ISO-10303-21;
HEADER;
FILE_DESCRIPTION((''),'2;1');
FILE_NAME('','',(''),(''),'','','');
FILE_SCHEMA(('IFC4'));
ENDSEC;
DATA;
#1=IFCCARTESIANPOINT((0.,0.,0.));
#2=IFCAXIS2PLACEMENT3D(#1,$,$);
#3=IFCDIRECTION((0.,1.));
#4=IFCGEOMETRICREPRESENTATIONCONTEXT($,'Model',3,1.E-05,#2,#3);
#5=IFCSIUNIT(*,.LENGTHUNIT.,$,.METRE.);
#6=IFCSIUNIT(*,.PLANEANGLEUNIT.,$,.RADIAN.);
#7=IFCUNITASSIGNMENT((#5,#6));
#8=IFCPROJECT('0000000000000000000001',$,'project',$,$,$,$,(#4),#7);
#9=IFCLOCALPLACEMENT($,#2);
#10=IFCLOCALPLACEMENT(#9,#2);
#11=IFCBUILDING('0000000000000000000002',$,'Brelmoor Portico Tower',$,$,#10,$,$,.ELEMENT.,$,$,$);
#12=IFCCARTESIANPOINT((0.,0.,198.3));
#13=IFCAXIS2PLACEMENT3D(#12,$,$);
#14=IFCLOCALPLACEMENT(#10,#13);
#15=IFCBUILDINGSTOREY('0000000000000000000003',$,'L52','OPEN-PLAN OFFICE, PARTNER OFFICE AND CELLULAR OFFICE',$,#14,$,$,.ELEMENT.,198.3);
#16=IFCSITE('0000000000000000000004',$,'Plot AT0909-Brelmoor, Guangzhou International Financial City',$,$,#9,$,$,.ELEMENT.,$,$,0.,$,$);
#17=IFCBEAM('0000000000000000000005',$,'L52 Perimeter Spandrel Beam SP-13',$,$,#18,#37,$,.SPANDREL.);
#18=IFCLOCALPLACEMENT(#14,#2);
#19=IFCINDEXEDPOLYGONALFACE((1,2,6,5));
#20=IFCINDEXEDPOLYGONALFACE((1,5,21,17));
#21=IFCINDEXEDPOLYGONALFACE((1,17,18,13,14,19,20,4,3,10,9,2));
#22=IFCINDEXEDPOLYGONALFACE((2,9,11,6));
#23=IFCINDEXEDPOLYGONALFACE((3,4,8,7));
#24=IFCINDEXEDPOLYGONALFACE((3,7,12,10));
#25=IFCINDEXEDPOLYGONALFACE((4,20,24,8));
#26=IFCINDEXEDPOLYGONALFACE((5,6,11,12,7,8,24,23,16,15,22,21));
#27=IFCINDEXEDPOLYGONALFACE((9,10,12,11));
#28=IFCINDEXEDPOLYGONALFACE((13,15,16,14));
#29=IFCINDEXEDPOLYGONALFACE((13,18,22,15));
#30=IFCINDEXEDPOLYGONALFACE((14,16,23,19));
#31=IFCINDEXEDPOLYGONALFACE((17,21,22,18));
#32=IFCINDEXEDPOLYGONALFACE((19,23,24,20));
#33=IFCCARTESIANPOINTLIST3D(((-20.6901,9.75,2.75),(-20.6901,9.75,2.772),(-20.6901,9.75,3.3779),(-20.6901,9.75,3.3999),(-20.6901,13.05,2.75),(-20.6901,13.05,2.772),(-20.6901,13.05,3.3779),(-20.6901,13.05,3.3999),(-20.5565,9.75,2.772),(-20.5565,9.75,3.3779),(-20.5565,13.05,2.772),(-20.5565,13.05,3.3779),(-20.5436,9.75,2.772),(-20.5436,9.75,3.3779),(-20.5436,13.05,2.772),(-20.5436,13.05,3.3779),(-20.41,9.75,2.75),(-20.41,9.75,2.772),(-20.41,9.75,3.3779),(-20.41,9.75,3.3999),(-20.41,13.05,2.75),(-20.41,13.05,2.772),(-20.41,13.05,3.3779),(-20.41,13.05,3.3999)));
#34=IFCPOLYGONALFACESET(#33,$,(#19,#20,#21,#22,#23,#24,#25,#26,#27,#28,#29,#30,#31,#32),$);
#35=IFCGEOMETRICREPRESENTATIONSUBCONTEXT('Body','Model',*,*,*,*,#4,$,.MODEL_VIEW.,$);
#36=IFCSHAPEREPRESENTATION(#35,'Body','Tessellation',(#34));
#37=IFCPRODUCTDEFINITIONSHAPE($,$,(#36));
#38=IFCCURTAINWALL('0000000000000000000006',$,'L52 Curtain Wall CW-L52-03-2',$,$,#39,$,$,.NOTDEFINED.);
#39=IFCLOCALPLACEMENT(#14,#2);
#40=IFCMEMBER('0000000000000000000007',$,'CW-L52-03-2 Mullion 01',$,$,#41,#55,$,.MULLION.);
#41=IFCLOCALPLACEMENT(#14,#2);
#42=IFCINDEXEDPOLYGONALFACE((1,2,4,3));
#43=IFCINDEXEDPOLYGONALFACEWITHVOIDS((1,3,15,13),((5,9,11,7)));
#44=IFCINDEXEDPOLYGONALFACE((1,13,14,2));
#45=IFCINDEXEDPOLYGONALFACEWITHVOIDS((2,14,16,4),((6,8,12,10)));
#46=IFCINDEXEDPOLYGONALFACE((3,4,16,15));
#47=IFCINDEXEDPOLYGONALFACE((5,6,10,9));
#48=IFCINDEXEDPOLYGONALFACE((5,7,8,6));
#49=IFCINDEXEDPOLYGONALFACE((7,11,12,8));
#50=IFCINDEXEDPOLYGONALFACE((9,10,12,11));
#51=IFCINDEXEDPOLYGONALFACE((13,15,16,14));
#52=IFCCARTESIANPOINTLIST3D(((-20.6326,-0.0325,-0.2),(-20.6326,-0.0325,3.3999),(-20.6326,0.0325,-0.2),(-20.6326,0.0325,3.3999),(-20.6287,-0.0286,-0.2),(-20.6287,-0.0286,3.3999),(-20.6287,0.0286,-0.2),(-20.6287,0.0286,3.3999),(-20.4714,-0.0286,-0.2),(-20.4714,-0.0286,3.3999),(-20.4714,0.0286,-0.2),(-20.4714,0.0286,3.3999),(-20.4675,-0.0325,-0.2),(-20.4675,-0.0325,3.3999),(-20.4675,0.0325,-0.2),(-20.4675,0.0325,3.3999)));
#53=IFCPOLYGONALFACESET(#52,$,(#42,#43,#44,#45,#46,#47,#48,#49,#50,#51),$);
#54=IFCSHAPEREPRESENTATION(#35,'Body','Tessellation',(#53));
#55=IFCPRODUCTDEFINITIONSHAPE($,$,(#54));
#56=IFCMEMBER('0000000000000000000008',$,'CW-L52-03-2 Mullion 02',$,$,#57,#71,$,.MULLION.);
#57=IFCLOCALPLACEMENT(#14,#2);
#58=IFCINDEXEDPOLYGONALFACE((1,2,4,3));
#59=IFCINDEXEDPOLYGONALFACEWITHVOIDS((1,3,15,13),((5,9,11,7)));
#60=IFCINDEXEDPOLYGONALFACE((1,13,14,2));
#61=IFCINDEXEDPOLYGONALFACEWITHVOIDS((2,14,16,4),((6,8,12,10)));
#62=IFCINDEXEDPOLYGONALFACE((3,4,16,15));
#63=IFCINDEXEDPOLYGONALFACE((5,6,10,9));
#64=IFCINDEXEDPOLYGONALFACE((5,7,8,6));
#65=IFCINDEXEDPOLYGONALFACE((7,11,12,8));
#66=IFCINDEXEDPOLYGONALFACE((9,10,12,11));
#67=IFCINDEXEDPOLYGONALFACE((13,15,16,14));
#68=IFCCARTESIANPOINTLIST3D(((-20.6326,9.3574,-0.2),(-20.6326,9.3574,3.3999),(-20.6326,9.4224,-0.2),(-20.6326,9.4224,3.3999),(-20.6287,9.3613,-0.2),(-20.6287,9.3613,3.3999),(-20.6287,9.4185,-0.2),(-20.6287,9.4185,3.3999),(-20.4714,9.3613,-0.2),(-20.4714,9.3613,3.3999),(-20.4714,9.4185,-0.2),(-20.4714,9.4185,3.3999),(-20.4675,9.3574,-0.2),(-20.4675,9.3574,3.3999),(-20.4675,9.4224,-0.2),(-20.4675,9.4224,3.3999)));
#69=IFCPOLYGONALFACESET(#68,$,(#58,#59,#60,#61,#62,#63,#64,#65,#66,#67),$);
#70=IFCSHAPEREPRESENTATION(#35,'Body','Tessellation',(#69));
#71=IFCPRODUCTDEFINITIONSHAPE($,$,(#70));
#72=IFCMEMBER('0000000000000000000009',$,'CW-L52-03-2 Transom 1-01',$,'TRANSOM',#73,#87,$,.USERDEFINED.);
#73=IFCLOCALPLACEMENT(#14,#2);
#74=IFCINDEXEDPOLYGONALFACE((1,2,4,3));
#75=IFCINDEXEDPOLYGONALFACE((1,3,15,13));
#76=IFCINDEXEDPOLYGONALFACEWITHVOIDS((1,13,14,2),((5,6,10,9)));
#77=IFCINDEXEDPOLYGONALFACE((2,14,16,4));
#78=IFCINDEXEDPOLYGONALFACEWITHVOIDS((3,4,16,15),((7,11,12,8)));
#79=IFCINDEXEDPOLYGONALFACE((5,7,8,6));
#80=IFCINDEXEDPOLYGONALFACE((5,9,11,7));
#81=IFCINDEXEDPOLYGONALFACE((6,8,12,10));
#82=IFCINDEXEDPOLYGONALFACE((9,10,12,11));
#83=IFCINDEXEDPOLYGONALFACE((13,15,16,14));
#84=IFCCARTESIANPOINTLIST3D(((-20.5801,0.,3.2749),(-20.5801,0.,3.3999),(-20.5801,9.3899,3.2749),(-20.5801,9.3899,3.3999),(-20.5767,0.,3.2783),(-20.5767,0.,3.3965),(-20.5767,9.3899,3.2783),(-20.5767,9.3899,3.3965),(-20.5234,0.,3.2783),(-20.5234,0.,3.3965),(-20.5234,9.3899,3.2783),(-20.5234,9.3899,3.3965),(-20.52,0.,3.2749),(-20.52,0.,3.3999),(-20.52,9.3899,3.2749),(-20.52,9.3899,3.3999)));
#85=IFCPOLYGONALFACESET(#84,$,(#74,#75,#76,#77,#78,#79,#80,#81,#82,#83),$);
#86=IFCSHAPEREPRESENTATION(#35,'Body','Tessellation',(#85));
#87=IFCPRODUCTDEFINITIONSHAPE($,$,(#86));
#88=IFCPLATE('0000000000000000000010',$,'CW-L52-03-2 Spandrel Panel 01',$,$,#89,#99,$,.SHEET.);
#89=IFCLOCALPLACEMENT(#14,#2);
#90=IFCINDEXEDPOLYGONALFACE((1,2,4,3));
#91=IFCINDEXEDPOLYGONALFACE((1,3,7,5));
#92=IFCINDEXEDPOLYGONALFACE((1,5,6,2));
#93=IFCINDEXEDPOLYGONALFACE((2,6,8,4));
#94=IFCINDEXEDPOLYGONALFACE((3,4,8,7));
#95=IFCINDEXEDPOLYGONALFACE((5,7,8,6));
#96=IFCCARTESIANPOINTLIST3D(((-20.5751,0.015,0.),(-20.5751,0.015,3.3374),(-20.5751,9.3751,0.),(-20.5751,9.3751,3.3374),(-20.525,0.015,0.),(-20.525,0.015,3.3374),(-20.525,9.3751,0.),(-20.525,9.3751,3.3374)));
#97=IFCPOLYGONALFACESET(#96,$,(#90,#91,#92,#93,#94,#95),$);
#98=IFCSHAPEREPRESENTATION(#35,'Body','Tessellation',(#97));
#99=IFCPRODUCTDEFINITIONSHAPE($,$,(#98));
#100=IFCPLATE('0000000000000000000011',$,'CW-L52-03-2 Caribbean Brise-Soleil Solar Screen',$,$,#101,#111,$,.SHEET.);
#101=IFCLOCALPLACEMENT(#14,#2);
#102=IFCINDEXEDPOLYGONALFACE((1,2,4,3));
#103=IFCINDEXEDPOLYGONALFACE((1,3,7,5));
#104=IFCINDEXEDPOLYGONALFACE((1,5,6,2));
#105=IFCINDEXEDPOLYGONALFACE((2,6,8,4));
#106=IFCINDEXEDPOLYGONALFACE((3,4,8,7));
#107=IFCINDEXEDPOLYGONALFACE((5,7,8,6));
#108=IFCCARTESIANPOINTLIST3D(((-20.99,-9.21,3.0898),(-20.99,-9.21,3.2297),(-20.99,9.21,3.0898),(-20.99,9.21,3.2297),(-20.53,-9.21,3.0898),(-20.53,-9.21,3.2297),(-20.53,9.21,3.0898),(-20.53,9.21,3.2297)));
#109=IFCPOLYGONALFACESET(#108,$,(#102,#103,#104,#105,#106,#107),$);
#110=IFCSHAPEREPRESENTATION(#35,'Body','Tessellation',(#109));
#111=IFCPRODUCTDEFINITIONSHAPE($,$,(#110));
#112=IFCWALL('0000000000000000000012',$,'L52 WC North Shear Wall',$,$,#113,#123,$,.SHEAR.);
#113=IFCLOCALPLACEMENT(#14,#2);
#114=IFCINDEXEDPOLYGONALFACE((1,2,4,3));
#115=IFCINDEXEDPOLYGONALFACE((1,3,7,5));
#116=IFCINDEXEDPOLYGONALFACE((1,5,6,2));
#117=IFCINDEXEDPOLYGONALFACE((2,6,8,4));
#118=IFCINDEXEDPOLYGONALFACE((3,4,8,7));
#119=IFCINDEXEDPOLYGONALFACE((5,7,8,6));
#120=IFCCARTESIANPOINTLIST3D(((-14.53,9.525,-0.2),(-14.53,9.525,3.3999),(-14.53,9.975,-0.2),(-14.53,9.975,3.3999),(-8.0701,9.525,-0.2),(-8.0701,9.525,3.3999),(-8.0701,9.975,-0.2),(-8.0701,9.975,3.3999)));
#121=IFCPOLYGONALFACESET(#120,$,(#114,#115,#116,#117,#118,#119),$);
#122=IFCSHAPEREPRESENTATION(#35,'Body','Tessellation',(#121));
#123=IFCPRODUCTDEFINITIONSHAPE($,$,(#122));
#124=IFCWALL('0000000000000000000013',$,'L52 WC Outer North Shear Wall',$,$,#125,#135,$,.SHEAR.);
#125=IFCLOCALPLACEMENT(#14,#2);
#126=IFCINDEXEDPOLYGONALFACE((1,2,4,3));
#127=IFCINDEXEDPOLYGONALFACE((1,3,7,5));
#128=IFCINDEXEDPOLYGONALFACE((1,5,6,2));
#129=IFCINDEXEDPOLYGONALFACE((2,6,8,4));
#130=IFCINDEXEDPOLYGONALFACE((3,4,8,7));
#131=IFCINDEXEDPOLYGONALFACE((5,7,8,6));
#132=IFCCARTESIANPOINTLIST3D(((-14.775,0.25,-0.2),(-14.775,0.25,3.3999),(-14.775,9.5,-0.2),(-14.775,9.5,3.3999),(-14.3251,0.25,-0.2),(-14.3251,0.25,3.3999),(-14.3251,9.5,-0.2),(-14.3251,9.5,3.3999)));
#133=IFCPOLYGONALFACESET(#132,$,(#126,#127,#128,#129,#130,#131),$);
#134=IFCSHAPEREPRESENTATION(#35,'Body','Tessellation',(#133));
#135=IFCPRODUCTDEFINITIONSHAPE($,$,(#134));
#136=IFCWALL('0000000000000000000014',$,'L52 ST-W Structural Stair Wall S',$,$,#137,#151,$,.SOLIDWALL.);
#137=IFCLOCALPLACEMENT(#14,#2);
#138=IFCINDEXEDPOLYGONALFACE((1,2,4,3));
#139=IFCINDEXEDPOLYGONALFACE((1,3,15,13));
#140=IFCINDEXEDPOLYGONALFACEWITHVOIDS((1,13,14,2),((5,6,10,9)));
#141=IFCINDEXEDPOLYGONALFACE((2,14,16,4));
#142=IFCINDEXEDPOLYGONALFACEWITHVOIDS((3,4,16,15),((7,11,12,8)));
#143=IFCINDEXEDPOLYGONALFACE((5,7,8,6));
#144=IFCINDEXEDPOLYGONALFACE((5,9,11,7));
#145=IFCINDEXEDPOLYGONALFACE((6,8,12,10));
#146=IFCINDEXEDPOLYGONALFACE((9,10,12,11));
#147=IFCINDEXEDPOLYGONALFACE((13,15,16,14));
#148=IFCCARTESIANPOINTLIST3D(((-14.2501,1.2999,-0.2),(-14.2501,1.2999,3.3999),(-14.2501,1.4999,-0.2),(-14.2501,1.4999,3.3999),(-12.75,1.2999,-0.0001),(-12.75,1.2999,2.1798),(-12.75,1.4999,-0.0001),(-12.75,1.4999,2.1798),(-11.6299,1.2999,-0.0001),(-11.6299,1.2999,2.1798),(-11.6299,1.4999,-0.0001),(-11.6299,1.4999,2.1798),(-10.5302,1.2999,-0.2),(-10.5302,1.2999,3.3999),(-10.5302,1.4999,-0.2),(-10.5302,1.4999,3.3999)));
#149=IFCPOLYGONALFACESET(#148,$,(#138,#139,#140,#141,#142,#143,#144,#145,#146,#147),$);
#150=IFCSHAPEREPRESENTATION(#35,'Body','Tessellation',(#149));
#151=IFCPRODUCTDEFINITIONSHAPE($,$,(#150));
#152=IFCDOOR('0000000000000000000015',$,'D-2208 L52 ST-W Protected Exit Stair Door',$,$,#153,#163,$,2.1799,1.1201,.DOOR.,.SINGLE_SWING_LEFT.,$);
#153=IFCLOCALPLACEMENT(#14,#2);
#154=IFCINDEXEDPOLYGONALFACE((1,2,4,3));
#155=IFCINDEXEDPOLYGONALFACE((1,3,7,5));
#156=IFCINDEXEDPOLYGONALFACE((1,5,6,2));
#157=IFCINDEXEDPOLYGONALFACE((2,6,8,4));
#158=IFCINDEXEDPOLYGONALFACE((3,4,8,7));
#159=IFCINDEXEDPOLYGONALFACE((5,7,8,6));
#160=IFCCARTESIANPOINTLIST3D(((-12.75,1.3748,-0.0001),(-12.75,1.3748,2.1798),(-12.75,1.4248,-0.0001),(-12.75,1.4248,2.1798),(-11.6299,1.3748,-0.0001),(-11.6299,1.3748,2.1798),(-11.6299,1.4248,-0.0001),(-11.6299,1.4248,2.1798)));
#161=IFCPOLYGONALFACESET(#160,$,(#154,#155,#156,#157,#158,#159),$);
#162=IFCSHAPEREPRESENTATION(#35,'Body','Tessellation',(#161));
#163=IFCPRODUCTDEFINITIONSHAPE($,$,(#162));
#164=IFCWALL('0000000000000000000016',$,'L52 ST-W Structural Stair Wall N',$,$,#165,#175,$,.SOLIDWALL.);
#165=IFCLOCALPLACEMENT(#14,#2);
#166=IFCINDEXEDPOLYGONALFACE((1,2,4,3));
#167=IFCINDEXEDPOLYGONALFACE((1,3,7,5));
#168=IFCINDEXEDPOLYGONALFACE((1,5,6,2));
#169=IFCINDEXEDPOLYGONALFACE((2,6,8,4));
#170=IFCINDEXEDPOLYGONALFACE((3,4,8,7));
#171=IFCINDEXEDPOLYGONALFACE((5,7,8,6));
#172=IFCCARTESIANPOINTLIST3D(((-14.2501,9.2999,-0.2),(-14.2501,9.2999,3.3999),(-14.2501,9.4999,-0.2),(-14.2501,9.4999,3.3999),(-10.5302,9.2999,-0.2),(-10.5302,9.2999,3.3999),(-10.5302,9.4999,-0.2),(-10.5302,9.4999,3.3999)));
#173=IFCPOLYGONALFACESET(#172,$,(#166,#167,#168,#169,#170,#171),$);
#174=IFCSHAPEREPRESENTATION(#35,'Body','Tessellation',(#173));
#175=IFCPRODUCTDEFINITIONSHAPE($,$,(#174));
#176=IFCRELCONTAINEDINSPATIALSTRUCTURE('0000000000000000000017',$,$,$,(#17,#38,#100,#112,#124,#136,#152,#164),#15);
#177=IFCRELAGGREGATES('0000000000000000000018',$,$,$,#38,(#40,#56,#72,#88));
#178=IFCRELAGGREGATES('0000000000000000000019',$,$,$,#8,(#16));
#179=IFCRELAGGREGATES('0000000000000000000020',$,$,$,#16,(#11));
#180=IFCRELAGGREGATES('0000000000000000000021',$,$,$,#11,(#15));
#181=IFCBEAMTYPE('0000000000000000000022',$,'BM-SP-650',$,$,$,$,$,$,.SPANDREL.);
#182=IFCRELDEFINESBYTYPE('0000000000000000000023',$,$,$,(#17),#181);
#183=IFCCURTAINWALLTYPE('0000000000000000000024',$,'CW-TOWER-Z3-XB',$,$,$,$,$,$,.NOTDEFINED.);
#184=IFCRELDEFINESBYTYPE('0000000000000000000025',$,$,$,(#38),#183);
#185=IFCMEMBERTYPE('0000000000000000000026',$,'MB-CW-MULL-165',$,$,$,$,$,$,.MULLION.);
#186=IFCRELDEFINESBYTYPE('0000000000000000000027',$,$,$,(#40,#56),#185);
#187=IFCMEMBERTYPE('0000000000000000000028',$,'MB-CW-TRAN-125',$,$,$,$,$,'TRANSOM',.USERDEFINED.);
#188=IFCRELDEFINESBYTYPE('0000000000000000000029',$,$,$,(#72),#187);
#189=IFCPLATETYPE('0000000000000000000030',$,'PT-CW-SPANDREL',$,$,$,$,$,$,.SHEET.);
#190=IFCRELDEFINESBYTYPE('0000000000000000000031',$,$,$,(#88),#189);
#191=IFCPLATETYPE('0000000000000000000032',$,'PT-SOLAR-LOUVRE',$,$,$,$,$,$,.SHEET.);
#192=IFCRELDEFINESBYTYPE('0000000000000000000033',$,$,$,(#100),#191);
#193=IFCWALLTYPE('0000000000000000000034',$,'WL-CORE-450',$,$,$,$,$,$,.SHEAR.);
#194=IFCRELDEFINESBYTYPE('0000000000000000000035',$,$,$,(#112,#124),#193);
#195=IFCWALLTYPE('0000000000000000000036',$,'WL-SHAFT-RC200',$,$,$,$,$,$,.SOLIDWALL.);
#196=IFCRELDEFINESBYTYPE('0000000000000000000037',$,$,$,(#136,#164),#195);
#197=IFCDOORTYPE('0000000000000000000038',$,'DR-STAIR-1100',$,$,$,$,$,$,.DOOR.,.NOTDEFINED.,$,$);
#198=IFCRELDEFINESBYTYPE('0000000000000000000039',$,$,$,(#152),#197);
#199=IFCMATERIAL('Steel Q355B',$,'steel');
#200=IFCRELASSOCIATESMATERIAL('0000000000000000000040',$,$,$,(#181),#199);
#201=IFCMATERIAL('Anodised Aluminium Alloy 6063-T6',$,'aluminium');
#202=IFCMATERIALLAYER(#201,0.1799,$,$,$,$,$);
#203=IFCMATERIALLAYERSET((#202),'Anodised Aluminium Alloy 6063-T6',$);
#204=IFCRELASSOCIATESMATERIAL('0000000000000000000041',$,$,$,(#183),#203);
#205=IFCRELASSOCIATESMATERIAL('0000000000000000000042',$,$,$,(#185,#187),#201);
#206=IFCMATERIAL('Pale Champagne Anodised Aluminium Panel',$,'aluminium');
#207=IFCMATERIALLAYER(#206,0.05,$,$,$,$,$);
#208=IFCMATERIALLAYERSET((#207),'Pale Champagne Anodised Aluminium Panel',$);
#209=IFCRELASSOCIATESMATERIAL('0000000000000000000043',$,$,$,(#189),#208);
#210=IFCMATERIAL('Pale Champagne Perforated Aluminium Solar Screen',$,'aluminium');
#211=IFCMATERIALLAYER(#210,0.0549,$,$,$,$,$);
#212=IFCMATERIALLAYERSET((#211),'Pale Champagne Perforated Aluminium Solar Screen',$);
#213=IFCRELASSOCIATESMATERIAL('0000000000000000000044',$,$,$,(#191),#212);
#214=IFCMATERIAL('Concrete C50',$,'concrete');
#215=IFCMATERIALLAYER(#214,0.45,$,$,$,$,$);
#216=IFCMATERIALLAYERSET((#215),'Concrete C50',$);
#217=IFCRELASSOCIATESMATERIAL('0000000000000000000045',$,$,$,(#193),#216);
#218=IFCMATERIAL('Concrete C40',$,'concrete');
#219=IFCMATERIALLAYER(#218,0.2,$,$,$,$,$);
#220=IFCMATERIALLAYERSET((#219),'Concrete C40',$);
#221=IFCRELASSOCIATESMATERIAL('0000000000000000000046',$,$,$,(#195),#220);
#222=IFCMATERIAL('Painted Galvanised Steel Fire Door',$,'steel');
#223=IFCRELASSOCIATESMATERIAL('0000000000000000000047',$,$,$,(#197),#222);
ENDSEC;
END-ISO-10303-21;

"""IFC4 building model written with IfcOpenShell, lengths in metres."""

from ifc_helpers import new_model, si_unit, direction, frame, frame_2d, origin, origin_2d, place, context, subcontext, project, spatial, rectangle, hollow_rectangle, i_section, extrude, material, layer, layer_set, material_profile, profile_set, type_object, element, fill, aggregate, save


model = new_model("IFC4")

# Units and contexts
model_context = context("Model", 3, precision=1e-05, world=origin(), true_north=direction((0.0, 1.0)))
body_context = subcontext(model_context, "Body", "Model", "MODEL_VIEW")
ifc_project = project(units=[si_unit("LENGTHUNIT", "METRE"), si_unit("PLANEANGLEUNIT", "RADIAN")], contexts=[model_context])

# Site, building, storey
site_placement = place(None, origin())
site = spatial("IfcSite", under=ifc_project, at=site_placement, Name="Plot AT0909-Brelmoor, Guangzhou International Financial City", CompositionType="ELEMENT", RefElevation=0.0)
building_placement = place(site_placement, origin())
building = spatial("IfcBuilding", under=site, at=building_placement, Name="Brelmoor Portico Tower", CompositionType="ELEMENT")
storey_placement = place(building_placement, frame((0.0, 0.0, 198.3)))
storey = spatial("IfcBuildingStorey", under=building, at=storey_placement, Name="L52", Description="OPEN-PLAN OFFICE, PARTNER OFFICE AND CELLULAR OFFICE", CompositionType="ELEMENT", Elevation=198.3)

# Shared definitions
ifc_material_1 = material(Name="Steel Q355B", Category="steel")

# Beam
ifc_material_profile_1 = material_profile(ifc_material_1, i_section(OverallWidth=0.28, OverallDepth=0.6499, WebThickness=0.0129, FlangeThickness=0.022, at=origin_2d()), Name="HN 650x280x13x22")
ifc_profile_set_1 = profile_set([ifc_material_profile_1], Name="Steel Q355B")
beam_type_1 = type_object("IfcBeamType", Name="BM-SP-650", PredefinedType="SPANDREL", material=ifc_profile_set_1)
beam_1_placement = place(storey_placement, frame((-20.55, 9.75, 3.075), z_axis=(0.0, 1.0, 0.0), x_axis=(-1.0, 0.0, 0.0)))
element("IfcBeam", 1, at=beam_1_placement, inside=storey, type_object=beam_type_1, Name="L52 Perimeter Spandrel Beam SP-13", PredefinedType="SPANDREL", context=body_context, shape_type="SweptSolid", body=[
    extrude(i_section(OverallWidth=0.28, OverallDepth=0.6499, WebThickness=0.0129, FlangeThickness=0.022, at=origin_2d()), origin(), (0.0, 0.0, 1.0), 3.3),
])

# Curtain wall, members, plate
ifc_material_2 = material(Name="Anodised Aluminium Alloy 6063-T6", Category="aluminium")
ifc_layer_1 = layer(ifc_material_2, 0.1799)
ifc_layer_set_1 = layer_set([ifc_layer_1], Name="Anodised Aluminium Alloy 6063-T6")
curtain_wall_type = type_object("IfcCurtainWallType", Name="CW-TOWER-Z3-XB", PredefinedType="NOTDEFINED", material=ifc_layer_set_1)
curtain_wall_placement = place(storey_placement, origin())
curtain_wall = element("IfcCurtainWall", 2, at=curtain_wall_placement, inside=storey, type_object=curtain_wall_type, Name="L52 Curtain Wall CW-L52-03-2", PredefinedType="NOTDEFINED")
ifc_material_profile_2 = material_profile(ifc_material_2, hollow_rectangle(XDim=0.0649, YDim=0.165, WallThickness=0.0039, at=origin_2d()), Name="ALU MULLION 65x165")
ifc_profile_set_2 = profile_set([ifc_material_profile_2], Name="Anodised Aluminium Alloy 6063-T6")
member_type_1 = type_object("IfcMemberType", Name="MB-CW-MULL-165", PredefinedType="MULLION", material=ifc_profile_set_2)
member_1_placement = place(storey_placement, frame((-20.55, 0.0, -0.2), z_axis=(0.0, 0.0, 1.0), x_axis=(0.0, 1.0, 0.0)))
member_1 = element("IfcMember", 3, at=member_1_placement, type_object=member_type_1, Name="CW-L52-03-2 Mullion 01", PredefinedType="MULLION", context=body_context, shape_type="SweptSolid", body=[
    extrude(hollow_rectangle(XDim=0.0649, YDim=0.165, WallThickness=0.0039, at=origin_2d()), origin(), (0.0, 0.0, 1.0), 3.5999),
])
member_2_placement = place(storey_placement, frame((-20.55, 9.3899, -0.2), z_axis=(0.0, 0.0, 1.0), x_axis=(0.0, 1.0, 0.0)))
member_2 = element("IfcMember", 4, at=member_2_placement, type_object=member_type_1, Name="CW-L52-03-2 Mullion 02", PredefinedType="MULLION", context=body_context, shape_type="SweptSolid", body=[
    extrude(hollow_rectangle(XDim=0.0649, YDim=0.165, WallThickness=0.0039, at=origin_2d()), origin(), (0.0, 0.0, 1.0), 3.5999),
])
ifc_material_profile_3 = material_profile(ifc_material_2, hollow_rectangle(XDim=0.0601, YDim=0.125, WallThickness=0.0034, at=origin_2d()), Name="ALU TRANSOM 60x125")
ifc_profile_set_3 = profile_set([ifc_material_profile_3], Name="Anodised Aluminium Alloy 6063-T6")
member_type_2 = type_object("IfcMemberType", Name="MB-CW-TRAN-125", ElementType="TRANSOM", PredefinedType="USERDEFINED", material=ifc_profile_set_3)
member_3_placement = place(storey_placement, frame((-20.55, 0.0, 3.3374), z_axis=(0.0, 1.0, 0.0), x_axis=(-1.0, 0.0, 0.0)))
member_3 = element("IfcMember", 5, at=member_3_placement, type_object=member_type_2, Name="CW-L52-03-2 Transom 1-01", ObjectType="TRANSOM", PredefinedType="USERDEFINED", context=body_context, shape_type="SweptSolid", body=[
    extrude(hollow_rectangle(XDim=0.0601, YDim=0.125, WallThickness=0.0034, at=origin_2d()), origin(), (0.0, 0.0, 1.0), 9.3899),
])
ifc_material_3 = material(Name="Pale Champagne Anodised Aluminium Panel", Category="aluminium")
ifc_layer_2 = layer(ifc_material_3, 0.05)
ifc_layer_set_2 = layer_set([ifc_layer_2], Name="Pale Champagne Anodised Aluminium Panel")
plate_type_1 = type_object("IfcPlateType", Name="PT-CW-SPANDREL", PredefinedType="SHEET", material=ifc_layer_set_2)
plate_1_placement = place(storey_placement, frame((-20.55, 4.6951, 0.0), z_axis=(0.0, 0.0, 1.0), x_axis=(0.0, 1.0, 0.0)))
plate_1 = element("IfcPlate", 6, at=plate_1_placement, type_object=plate_type_1, Name="CW-L52-03-2 Spandrel Panel 01", PredefinedType="SHEET", context=body_context, shape_type="SweptSolid", body=[
    extrude(rectangle(XDim=9.3601, YDim=0.05, at=origin_2d()), origin(), (0.0, 0.0, 1.0), 3.3374),
])
aggregate(curtain_wall, [member_1, member_2, member_3, plate_1])

# Plate
ifc_material_4 = material(Name="Pale Champagne Perforated Aluminium Solar Screen", Category="aluminium")
ifc_layer_3 = layer(ifc_material_4, 0.0549)
ifc_layer_set_3 = layer_set([ifc_layer_3], Name="Pale Champagne Perforated Aluminium Solar Screen")
plate_type_2 = type_object("IfcPlateType", Name="PT-SOLAR-LOUVRE", PredefinedType="SHEET", material=ifc_layer_set_3)
plate_2_placement = place(storey_placement, frame((-20.76, 0.0, 3.0898), z_axis=(0.0, 0.0, 1.0), x_axis=(0.0, 1.0, 0.0)))
element("IfcPlate", 7, at=plate_2_placement, inside=storey, type_object=plate_type_2, Name="CW-L52-03-2 Caribbean Brise-Soleil Solar Screen", PredefinedType="SHEET", context=body_context, shape_type="SweptSolid", body=[
    extrude(rectangle(XDim=18.4199, YDim=0.46, at=origin_2d()), origin(), (0.0, 0.0, 1.0), 0.1399),
])

# Walls
ifc_material_5 = material(Name="Concrete C50", Category="concrete")
ifc_layer_4 = layer(ifc_material_5, 0.45)
ifc_layer_set_4 = layer_set([ifc_layer_4], Name="Concrete C50")
wall_type_1 = type_object("IfcWallType", Name="WL-CORE-450", PredefinedType="SHEAR", material=ifc_layer_set_4)
wall_1_placement = place(storey_placement, frame((-14.53, 9.75, -0.2), z_axis=(0.0, 0.0, 1.0), x_axis=(1.0, 0.0, 0.0)))
element("IfcWall", 8, at=wall_1_placement, inside=storey, type_object=wall_type_1, Name="L52 WC North Shear Wall", PredefinedType="SHEAR", context=body_context, shape_type="SweptSolid", body=[
    extrude(rectangle(XDim=6.46, YDim=0.45, at=frame_2d((3.23, 0.0))), origin(), (0.0, 0.0, 1.0), 3.5999),
])
wall_2_placement = place(storey_placement, frame((-14.55, 0.25, -0.2), z_axis=(0.0, 0.0, 1.0), x_axis=(0.0, 1.0, 0.0)))
element("IfcWall", 9, at=wall_2_placement, inside=storey, type_object=wall_type_1, Name="L52 WC Outer North Shear Wall", PredefinedType="SHEAR", context=body_context, shape_type="SweptSolid", body=[
    extrude(rectangle(XDim=9.25, YDim=0.45, at=frame_2d((4.625, 0.0))), origin(), (0.0, 0.0, 1.0), 3.5999),
])

# Wall, opening, door
ifc_material_6 = material(Name="Concrete C40", Category="concrete")
ifc_layer_5 = layer(ifc_material_6, 0.2)
ifc_layer_set_5 = layer_set([ifc_layer_5], Name="Concrete C40")
wall_type_2 = type_object("IfcWallType", Name="WL-SHAFT-RC200", PredefinedType="SOLIDWALL", material=ifc_layer_set_5)
wall_3_placement = place(storey_placement, frame((-14.25, 1.3999, -0.2), z_axis=(0.0, 0.0, 1.0), x_axis=(1.0, 0.0, 0.0)))
wall_3 = element("IfcWall", 10, at=wall_3_placement, inside=storey, type_object=wall_type_2, Name="L52 ST-W Structural Stair Wall S", PredefinedType="SOLIDWALL", context=body_context, shape_type="SweptSolid", body=[
    extrude(rectangle(XDim=3.72, YDim=0.2, at=frame_2d((1.8599, 0.0))), origin(), (0.0, 0.0, 1.0), 3.5999),
])
opening_placement = place(wall_3_placement, frame((1.5, 0.0, 0.2)))
opening = element("IfcOpeningElement", 11, at=opening_placement, cuts=wall_3, PredefinedType="OPENING", context=body_context, shape_type="SweptSolid", body=[
    extrude(rectangle(XDim=1.1201, YDim=2.1799, at=frame_2d((0.5601, 1.0898))), frame((0.0, 0.1099, 0.0), z_axis=(0.0, -1.0, 0.0), x_axis=(1.0, 0.0, 0.0)), (0.0, 0.0, 1.0), 0.22),
])
ifc_material_7 = material(Name="Painted Galvanised Steel Fire Door", Category="steel")
door_type = type_object("IfcDoorType", Name="DR-STAIR-1100", OperationType="NOTDEFINED", PredefinedType="DOOR", material=ifc_material_7)
door_placement = place(opening_placement, origin())
door = element("IfcDoor", 12, at=door_placement, inside=storey, type_object=door_type, Name="D-2208 L52 ST-W Protected Exit Stair Door", OperationType="SINGLE_SWING_LEFT", OverallHeight=2.1799, OverallWidth=1.1201, PredefinedType="DOOR", context=body_context, shape_type="SweptSolid", body=[
    extrude(rectangle(XDim=1.1201, YDim=2.1799, at=frame_2d((0.5601, 1.0898))), frame((0.0, 0.0249, 0.0), z_axis=(0.0, -1.0, 0.0), x_axis=(1.0, 0.0, 0.0)), (0.0, 0.0, 1.0), 0.05),
])
fill(opening, door)

# Wall
wall_4_placement = place(storey_placement, frame((-14.25, 9.3999, -0.2), z_axis=(0.0, 0.0, 1.0), x_axis=(1.0, 0.0, 0.0)))
element("IfcWall", 13, at=wall_4_placement, inside=storey, type_object=wall_type_2, Name="L52 ST-W Structural Stair Wall N", PredefinedType="SOLIDWALL", context=body_context, shape_type="SweptSolid", body=[
    extrude(rectangle(XDim=3.72, YDim=0.2, at=frame_2d((1.8599, 0.0))), origin(), (0.0, 0.0, 1.0), 3.5999),
])

save(model, "model.ifc")
